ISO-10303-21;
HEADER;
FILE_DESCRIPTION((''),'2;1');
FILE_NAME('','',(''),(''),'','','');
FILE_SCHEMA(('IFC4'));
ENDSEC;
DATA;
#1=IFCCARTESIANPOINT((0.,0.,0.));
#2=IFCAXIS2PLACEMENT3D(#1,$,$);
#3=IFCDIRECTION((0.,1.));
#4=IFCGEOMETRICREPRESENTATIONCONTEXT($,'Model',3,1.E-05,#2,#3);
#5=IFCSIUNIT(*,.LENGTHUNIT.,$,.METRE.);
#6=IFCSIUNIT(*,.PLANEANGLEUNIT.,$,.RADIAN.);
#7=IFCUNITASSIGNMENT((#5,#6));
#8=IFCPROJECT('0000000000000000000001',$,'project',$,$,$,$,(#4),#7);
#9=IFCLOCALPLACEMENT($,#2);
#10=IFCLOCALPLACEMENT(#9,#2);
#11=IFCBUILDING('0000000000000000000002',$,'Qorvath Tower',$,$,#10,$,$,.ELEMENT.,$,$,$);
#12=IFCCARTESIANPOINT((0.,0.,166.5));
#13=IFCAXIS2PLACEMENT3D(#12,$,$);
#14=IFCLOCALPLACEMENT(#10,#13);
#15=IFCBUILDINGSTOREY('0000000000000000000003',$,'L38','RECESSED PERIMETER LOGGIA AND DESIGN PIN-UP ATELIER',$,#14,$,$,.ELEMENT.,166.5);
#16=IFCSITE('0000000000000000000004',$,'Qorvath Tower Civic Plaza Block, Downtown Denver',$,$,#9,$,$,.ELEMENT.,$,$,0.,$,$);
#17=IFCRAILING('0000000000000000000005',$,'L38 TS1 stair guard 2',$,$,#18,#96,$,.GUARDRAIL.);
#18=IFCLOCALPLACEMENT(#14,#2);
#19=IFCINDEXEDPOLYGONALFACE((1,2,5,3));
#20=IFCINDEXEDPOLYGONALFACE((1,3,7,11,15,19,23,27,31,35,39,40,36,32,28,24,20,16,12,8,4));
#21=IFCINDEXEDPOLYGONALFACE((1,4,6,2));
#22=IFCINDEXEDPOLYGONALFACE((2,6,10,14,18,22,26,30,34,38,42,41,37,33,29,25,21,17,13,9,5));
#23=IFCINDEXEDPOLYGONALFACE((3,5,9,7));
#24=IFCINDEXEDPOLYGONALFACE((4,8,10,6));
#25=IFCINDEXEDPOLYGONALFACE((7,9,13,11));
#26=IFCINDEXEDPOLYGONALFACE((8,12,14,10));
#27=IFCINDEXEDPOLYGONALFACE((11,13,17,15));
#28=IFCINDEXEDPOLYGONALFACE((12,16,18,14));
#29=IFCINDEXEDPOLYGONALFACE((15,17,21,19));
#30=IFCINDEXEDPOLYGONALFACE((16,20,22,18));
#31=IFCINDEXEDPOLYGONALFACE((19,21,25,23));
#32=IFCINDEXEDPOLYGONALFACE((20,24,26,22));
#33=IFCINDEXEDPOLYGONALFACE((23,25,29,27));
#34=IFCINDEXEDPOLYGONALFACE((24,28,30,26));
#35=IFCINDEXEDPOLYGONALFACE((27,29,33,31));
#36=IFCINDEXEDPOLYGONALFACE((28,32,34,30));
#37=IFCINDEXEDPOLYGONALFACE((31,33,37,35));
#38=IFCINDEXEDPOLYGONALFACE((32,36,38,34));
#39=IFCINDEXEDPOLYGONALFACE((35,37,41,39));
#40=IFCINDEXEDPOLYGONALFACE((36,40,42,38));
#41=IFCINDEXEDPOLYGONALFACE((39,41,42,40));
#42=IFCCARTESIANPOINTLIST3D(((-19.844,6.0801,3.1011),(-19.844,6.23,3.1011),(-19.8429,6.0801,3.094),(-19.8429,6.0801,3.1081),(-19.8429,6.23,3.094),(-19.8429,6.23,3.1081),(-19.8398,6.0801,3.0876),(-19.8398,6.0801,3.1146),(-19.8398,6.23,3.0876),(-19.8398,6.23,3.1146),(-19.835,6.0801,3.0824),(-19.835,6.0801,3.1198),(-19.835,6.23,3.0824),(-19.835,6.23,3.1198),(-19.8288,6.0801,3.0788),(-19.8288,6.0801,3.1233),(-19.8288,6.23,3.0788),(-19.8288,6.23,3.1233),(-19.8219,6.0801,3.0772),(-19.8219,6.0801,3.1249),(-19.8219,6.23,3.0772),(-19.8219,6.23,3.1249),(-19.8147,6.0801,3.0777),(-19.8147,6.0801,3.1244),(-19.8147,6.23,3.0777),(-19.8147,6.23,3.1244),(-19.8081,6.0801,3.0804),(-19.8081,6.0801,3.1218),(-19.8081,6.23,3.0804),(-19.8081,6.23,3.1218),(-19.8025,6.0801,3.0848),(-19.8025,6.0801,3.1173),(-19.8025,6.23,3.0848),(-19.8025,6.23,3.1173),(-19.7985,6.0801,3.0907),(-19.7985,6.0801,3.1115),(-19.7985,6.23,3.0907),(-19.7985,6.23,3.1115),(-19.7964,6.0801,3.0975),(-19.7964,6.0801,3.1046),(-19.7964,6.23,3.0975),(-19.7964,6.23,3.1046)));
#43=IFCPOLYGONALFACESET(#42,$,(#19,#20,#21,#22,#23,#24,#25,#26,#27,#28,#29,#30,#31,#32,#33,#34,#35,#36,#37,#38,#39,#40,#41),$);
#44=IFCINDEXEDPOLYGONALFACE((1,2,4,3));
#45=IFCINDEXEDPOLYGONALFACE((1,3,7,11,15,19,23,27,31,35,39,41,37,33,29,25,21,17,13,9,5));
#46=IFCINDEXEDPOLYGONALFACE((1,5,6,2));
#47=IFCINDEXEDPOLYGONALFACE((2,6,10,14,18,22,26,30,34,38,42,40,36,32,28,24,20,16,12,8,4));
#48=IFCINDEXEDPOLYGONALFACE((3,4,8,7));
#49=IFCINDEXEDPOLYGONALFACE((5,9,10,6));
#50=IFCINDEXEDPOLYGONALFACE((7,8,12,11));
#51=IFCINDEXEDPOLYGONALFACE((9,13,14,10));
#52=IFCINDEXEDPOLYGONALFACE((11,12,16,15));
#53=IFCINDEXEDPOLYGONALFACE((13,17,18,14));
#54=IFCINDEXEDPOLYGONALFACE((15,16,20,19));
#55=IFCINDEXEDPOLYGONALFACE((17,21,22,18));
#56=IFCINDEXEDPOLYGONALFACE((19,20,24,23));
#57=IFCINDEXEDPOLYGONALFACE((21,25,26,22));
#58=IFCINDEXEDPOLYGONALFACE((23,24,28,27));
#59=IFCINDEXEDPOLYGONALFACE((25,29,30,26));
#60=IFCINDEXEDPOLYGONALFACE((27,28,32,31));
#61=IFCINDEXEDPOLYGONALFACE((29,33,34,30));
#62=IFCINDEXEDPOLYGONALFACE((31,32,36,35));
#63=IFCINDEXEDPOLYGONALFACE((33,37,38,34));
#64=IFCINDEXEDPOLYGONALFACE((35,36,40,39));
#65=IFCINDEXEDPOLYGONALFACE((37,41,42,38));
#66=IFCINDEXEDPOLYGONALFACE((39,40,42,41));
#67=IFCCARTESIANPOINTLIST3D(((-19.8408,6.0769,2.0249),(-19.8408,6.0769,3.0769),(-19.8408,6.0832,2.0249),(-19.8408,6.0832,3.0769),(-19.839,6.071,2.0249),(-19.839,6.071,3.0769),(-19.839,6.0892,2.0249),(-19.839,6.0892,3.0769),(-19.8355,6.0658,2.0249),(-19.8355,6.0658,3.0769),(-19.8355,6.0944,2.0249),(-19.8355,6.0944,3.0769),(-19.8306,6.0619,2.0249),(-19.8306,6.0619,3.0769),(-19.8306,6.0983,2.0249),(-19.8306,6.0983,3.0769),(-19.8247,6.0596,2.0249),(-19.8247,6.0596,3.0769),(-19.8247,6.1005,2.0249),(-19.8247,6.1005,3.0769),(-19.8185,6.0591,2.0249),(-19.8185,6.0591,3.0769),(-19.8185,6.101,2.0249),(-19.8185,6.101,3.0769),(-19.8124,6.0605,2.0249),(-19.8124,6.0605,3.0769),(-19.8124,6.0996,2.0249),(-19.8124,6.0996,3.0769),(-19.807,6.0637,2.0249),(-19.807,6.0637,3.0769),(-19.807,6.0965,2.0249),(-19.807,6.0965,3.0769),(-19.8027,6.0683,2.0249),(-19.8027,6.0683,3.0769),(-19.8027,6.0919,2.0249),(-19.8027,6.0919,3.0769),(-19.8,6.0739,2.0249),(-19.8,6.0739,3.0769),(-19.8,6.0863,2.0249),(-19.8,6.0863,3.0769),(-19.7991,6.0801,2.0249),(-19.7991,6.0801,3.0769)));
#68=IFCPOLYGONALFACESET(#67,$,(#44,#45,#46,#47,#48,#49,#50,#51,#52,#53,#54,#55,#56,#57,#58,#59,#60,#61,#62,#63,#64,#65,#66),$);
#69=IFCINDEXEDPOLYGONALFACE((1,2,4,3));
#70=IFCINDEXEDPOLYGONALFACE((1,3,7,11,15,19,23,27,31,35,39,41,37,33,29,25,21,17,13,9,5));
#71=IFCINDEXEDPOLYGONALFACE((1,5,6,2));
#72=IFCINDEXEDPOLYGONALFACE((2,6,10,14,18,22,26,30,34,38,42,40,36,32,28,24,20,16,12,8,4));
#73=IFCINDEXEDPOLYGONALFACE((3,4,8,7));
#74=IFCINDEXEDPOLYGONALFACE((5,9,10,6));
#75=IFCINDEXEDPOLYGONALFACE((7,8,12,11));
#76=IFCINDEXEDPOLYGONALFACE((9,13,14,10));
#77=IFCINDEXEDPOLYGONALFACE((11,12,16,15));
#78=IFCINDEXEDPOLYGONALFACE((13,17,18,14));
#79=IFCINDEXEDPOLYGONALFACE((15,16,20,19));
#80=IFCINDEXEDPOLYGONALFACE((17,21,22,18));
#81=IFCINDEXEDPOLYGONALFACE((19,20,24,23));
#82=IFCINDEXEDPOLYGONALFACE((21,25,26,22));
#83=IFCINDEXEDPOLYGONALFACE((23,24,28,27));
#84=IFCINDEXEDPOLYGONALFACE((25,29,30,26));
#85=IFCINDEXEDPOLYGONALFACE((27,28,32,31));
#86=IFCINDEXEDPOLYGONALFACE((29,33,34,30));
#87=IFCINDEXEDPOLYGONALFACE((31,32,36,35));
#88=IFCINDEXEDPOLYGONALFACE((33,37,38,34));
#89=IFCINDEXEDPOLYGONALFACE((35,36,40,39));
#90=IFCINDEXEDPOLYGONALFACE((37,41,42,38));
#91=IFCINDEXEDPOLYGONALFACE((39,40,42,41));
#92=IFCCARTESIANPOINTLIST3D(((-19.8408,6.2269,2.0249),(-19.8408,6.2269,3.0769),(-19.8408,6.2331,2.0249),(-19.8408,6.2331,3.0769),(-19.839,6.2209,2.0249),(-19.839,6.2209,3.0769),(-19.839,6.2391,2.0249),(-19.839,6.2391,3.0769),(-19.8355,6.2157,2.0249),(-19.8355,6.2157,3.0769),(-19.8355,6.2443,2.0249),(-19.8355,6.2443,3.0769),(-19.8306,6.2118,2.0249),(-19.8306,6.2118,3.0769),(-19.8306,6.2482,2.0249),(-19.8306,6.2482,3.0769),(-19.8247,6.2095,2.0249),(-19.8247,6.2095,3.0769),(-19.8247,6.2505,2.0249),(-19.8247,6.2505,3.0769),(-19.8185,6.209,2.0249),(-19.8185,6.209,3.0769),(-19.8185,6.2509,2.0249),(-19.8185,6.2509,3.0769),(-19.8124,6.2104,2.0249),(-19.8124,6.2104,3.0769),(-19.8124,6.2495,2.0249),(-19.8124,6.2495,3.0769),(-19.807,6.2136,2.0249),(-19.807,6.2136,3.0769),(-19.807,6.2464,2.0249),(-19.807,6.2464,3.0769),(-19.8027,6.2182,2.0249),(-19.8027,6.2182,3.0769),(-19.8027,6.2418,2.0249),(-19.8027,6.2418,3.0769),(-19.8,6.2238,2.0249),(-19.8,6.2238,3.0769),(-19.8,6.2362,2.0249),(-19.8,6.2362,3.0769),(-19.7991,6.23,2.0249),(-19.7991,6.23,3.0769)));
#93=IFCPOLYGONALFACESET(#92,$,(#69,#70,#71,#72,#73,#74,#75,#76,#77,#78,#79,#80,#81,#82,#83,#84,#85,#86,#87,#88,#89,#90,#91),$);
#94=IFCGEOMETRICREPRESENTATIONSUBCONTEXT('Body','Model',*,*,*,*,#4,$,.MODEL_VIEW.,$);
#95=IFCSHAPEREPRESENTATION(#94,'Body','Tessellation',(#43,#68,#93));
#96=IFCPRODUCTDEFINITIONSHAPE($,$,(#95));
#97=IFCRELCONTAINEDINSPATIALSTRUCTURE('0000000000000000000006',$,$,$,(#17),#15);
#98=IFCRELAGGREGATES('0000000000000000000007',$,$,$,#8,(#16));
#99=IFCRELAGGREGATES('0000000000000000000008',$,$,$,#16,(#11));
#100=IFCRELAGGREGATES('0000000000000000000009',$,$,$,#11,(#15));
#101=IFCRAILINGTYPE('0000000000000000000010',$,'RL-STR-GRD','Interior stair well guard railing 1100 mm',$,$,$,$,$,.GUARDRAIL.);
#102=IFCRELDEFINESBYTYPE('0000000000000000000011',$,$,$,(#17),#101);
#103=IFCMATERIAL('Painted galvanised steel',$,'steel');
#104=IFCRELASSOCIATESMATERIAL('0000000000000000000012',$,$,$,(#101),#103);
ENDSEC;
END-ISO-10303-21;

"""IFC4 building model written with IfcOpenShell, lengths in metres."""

from ifc_helpers import new_model, si_unit, direction, frame, origin, origin_2d, place, context, subcontext, project, spatial, circle, extrude, material, type_object, element, save


model = new_model("IFC4")

# Units and contexts
model_context = context("Model", 3, precision=1e-05, world=origin(), true_north=direction((0.0, 1.0)))
body_context = subcontext(model_context, "Body", "Model", "MODEL_VIEW")
ifc_project = project(units=[si_unit("LENGTHUNIT", "METRE"), si_unit("PLANEANGLEUNIT", "RADIAN")], contexts=[model_context])

# Site, building, storey
site_placement = place(None, origin())
site = spatial("IfcSite", under=ifc_project, at=site_placement, Name="Qorvath Tower Civic Plaza Block, Downtown Denver", CompositionType="ELEMENT", RefElevation=0.0)
building_placement = place(site_placement, origin())
building = spatial("IfcBuilding", under=site, at=building_placement, Name="Qorvath Tower", CompositionType="ELEMENT")
storey_placement = place(building_placement, frame((0.0, 0.0, 166.5)))
storey = spatial("IfcBuildingStorey", under=building, at=storey_placement, Name="L38", Description="RECESSED PERIMETER LOGGIA AND DESIGN PIN-UP ATELIER", CompositionType="ELEMENT", Elevation=166.5)

# Railing
ifc_material_1 = material(Name="Painted galvanised steel", Category="steel")
railing_type_1 = type_object("IfcRailingType", Name="RL-STR-GRD", Description="Interior stair well guard railing 1100 mm", PredefinedType="GUARDRAIL", material=ifc_material_1)
railing_1_placement = place(storey_placement, frame((-19.8201, 6.0801, 2.0249)))
element("IfcRailing", 1, at=railing_1_placement, inside=storey, type_object=railing_type_1, Name="L38 TS1 stair guard 2", PredefinedType="GUARDRAIL", context=body_context, shape_type="SweptSolid", body=[
    extrude(circle(Radius=0.0239, at=origin_2d()), frame((0.0, 0.0, 1.0762), z_axis=(0.0, 1.0, 0.0), x_axis=(-1.0, 0.0, 0.0)), (0.0, 0.0, 1.0), 0.1499),
    extrude(circle(Radius=0.021, at=origin_2d()), origin(), (0.0, 0.0, 1.0), 1.052),
    extrude(circle(Radius=0.021, at=origin_2d()), frame((0.0, 0.1499, 0.0)), (0.0, 0.0, 1.0), 1.052),
])

save(model, "model.ifc")
